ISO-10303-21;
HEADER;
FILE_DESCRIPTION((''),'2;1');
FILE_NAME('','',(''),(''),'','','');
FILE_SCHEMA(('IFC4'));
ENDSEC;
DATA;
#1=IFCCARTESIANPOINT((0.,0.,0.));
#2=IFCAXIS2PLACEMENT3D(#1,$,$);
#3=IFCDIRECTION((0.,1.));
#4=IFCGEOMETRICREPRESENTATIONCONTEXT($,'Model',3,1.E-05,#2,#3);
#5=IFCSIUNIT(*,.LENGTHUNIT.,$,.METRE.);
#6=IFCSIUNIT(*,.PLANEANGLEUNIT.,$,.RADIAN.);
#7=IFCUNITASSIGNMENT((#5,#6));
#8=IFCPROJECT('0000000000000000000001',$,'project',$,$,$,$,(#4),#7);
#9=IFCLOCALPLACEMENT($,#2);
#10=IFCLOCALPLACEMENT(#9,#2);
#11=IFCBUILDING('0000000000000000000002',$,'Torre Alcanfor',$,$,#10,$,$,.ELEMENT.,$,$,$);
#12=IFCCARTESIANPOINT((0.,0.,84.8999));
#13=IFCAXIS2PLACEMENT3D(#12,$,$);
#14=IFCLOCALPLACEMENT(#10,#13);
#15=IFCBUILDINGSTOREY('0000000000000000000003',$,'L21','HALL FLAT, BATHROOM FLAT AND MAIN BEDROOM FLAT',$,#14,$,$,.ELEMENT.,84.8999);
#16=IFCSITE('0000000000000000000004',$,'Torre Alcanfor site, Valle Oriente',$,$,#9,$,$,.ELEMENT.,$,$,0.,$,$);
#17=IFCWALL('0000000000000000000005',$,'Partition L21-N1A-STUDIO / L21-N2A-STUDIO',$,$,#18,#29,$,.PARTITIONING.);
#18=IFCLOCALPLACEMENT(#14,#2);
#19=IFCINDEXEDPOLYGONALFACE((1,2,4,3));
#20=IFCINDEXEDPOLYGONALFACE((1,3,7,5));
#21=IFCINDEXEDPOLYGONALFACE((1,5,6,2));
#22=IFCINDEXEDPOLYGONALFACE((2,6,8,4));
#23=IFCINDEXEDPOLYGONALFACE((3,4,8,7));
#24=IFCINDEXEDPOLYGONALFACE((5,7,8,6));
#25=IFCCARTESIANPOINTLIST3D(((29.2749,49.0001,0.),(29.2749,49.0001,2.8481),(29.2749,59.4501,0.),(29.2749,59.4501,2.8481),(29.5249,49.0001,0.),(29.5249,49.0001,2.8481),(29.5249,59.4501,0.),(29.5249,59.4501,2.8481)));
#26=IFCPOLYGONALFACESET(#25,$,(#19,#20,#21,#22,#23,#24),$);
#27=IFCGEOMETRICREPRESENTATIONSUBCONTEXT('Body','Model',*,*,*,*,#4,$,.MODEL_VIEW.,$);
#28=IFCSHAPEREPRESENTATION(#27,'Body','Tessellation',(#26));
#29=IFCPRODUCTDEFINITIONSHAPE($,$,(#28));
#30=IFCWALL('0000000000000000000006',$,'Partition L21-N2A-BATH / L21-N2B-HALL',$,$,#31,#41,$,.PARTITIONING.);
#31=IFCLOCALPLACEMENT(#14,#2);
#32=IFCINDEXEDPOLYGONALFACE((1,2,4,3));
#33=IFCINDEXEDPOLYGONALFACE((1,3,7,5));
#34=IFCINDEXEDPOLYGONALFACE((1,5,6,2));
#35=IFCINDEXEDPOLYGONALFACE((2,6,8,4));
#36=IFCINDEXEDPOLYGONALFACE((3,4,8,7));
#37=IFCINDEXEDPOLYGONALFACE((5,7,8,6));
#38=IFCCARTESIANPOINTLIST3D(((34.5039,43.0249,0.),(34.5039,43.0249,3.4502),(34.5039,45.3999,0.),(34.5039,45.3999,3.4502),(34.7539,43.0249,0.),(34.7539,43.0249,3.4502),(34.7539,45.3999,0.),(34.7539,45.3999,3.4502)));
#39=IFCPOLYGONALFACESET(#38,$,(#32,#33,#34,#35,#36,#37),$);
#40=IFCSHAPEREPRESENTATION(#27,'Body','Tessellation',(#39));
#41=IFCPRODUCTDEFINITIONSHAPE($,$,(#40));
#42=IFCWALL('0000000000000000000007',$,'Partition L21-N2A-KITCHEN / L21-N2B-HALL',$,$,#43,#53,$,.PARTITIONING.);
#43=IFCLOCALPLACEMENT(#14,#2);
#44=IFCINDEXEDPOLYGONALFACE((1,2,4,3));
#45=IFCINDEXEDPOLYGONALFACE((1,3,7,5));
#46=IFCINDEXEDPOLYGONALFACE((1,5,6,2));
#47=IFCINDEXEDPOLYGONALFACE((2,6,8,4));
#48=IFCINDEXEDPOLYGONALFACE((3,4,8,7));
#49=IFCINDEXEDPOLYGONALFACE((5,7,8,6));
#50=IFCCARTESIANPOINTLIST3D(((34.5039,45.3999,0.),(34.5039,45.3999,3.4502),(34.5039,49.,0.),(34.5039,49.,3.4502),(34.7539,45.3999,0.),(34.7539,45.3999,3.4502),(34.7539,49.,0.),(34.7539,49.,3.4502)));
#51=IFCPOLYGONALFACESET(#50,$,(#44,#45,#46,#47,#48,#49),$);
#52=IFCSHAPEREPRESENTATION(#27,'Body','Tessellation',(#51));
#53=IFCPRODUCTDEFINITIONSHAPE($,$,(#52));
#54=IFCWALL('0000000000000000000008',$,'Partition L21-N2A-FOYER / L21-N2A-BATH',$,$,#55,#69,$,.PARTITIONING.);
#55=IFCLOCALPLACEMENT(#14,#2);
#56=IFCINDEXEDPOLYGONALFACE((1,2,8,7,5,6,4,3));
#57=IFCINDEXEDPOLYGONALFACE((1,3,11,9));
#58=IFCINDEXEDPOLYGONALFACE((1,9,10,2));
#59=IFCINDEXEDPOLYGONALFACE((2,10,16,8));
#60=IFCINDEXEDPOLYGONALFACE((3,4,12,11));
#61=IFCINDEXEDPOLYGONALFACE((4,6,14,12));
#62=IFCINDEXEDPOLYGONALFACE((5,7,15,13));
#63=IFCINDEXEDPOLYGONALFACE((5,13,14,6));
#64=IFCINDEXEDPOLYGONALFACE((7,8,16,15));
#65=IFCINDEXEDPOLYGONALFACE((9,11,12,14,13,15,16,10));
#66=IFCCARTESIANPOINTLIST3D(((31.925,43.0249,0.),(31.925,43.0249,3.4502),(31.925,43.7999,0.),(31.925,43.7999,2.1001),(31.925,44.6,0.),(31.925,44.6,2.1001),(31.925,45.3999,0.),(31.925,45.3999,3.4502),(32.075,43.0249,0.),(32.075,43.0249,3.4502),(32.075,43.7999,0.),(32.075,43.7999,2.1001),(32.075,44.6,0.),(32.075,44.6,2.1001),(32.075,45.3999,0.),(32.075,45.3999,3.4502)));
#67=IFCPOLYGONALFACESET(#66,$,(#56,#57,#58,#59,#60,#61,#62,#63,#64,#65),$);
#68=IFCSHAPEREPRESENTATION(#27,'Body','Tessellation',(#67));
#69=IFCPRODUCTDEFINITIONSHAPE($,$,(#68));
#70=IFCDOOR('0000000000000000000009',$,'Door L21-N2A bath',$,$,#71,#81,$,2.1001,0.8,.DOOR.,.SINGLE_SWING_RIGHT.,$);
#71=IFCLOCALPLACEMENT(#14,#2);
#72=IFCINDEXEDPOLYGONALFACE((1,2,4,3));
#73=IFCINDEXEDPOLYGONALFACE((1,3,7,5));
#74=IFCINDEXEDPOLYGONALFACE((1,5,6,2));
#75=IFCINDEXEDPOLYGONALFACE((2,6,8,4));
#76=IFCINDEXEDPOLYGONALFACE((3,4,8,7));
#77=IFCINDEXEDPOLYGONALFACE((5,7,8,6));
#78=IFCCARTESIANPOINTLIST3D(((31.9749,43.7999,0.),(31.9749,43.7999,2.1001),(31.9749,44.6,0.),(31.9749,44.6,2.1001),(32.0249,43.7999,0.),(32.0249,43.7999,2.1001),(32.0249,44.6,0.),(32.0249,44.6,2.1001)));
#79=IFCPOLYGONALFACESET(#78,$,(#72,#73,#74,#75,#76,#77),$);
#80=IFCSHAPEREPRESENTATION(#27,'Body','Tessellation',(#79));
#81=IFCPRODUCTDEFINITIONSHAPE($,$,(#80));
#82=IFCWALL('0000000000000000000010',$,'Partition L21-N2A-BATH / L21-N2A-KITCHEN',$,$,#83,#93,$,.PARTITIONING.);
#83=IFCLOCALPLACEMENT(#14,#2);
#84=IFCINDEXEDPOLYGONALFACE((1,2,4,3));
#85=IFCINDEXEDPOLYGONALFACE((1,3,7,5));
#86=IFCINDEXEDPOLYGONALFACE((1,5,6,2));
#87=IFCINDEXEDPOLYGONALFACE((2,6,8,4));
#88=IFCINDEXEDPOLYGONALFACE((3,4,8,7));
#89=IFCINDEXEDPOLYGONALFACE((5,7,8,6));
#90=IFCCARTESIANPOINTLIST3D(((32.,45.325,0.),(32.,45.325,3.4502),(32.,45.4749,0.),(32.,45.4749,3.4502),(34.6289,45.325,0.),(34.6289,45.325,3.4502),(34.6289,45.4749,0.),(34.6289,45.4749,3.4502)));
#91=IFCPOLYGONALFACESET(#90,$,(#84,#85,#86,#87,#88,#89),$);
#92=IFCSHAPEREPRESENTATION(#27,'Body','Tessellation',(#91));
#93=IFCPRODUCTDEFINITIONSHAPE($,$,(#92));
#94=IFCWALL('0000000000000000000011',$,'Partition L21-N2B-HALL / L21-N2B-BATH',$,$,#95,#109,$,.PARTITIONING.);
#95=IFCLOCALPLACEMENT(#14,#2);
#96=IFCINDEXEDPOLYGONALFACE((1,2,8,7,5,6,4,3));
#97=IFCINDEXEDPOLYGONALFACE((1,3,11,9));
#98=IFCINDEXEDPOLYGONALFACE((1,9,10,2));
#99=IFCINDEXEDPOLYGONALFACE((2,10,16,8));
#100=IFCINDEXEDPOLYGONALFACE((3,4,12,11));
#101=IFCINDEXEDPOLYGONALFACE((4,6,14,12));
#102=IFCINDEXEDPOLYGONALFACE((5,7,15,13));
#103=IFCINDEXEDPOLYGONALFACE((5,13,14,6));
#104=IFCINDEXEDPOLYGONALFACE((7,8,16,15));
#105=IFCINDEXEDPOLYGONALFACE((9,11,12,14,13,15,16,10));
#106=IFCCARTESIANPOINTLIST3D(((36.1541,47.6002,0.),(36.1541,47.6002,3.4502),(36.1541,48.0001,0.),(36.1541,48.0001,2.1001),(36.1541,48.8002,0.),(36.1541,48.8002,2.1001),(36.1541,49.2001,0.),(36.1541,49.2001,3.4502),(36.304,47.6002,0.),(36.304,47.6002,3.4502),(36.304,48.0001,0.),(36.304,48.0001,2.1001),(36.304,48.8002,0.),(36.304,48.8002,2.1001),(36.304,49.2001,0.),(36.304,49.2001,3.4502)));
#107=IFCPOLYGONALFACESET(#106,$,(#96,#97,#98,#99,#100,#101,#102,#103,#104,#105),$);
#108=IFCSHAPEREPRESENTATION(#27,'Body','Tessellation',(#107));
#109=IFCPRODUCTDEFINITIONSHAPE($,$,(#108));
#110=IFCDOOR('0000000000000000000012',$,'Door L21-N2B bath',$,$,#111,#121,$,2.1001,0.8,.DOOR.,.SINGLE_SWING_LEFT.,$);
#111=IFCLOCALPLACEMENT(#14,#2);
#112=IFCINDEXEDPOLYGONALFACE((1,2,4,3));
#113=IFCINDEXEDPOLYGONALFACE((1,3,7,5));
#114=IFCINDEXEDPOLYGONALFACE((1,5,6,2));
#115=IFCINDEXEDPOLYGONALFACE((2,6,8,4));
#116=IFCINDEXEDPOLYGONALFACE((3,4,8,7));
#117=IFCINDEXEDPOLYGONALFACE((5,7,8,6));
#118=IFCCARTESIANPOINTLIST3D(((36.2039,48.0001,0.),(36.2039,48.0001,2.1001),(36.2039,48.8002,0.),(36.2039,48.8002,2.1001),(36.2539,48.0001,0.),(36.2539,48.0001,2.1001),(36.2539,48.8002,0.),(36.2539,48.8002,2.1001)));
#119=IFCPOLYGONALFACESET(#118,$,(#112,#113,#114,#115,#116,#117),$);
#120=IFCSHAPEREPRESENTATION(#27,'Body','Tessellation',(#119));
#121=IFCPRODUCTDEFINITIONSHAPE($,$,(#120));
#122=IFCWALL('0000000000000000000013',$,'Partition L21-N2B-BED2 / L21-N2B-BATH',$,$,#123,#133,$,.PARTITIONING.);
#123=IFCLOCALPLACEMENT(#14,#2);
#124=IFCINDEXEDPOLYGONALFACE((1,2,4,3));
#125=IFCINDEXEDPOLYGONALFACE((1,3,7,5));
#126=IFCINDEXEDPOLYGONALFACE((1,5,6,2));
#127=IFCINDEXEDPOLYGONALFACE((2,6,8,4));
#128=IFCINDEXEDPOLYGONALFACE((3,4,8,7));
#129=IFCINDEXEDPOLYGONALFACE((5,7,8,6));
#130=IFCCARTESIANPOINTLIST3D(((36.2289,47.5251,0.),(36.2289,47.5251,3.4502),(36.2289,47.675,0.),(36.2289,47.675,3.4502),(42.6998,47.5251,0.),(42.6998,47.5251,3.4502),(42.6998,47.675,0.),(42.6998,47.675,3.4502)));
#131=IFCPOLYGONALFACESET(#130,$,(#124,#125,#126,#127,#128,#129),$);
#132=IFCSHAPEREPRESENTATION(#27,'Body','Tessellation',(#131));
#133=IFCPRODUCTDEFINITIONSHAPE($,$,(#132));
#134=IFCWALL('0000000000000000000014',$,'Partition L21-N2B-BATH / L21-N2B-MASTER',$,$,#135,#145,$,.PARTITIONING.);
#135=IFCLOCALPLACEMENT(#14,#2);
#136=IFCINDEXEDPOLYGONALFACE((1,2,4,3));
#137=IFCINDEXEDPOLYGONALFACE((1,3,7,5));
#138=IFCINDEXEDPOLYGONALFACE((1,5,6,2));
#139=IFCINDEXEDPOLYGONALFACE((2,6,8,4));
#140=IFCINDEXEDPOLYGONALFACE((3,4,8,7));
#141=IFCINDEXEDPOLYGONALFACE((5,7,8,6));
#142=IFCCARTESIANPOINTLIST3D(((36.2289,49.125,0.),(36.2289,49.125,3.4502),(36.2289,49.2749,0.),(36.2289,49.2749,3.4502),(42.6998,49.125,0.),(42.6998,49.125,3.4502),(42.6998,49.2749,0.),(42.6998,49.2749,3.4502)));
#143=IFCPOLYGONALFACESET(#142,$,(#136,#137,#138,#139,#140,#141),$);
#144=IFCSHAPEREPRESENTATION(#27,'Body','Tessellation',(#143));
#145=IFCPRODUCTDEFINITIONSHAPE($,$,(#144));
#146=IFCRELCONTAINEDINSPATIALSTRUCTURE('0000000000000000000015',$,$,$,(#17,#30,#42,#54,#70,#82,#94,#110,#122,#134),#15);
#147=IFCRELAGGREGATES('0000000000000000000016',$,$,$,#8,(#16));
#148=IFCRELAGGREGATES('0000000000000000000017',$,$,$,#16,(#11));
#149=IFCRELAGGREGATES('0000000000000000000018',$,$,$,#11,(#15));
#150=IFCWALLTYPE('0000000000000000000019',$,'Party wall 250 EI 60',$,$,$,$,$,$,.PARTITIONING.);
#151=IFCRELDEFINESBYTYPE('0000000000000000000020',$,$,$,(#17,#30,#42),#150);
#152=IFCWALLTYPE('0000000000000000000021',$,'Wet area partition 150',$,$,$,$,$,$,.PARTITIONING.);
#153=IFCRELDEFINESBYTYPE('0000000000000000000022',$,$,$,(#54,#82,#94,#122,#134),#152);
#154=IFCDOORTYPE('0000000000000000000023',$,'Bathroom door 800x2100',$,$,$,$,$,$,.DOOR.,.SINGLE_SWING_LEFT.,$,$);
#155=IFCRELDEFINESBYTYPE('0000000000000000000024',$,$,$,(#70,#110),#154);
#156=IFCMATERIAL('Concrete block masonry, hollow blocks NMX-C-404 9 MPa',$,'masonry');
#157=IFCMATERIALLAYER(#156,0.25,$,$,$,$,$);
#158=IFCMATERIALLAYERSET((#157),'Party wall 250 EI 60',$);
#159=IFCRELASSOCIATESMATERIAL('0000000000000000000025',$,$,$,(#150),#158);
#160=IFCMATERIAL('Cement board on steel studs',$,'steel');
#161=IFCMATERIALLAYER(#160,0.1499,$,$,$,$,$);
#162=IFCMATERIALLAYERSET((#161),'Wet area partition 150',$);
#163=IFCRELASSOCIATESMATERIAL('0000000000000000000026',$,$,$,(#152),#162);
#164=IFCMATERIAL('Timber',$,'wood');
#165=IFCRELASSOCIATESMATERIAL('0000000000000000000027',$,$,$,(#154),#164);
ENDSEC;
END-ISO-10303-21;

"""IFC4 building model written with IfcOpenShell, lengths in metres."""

from ifc_helpers import new_model, si_unit, direction, frame, frame_2d, origin, place, context, subcontext, project, spatial, rectangle, extrude, material, layer, layer_set, type_object, element, fill, save


model = new_model("IFC4")

# Units and contexts
model_context = context("Model", 3, precision=1e-05, world=origin(), true_north=direction((0.0, 1.0)))
body_context = subcontext(model_context, "Body", "Model", "MODEL_VIEW")
ifc_project = project(units=[si_unit("LENGTHUNIT", "METRE"), si_unit("PLANEANGLEUNIT", "RADIAN")], contexts=[model_context])

# Site, building, storey
site_placement = place(None, origin())
site = spatial("IfcSite", under=ifc_project, at=site_placement, Name="Torre Alcanfor site, Valle Oriente", CompositionType="ELEMENT", RefElevation=0.0)
building_placement = place(site_placement, origin())
building = spatial("IfcBuilding", under=site, at=building_placement, Name="Torre Alcanfor", CompositionType="ELEMENT")
storey_placement = place(building_placement, frame((0.0, 0.0, 84.8999)))
storey = spatial("IfcBuildingStorey", under=building, at=storey_placement, Name="L21", Description="HALL FLAT, BATHROOM FLAT AND MAIN BEDROOM FLAT", CompositionType="ELEMENT", Elevation=84.8999)

# Walls
ifc_material_1 = material(Name="Concrete block masonry, hollow blocks NMX-C-404 9 MPa", Category="masonry")
ifc_layer_1 = layer(ifc_material_1, 0.25)
ifc_layer_set_1 = layer_set([ifc_layer_1], Name="Party wall 250 EI 60")
wall_type_1 = type_object("IfcWallType", Name="Party wall 250 EI 60", PredefinedType="PARTITIONING", material=ifc_layer_set_1)
wall_1_placement = place(storey_placement, frame((29.3999, 49.0, 0.0), z_axis=(0.0, 0.0, 1.0), x_axis=(0.0, 1.0, 0.0)))
element("IfcWall", 1, at=wall_1_placement, inside=storey, type_object=wall_type_1, Name="Partition L21-N1A-STUDIO / L21-N2A-STUDIO", PredefinedType="PARTITIONING", context=body_context, shape_type="SweptSolid", body=[
    extrude(rectangle(XDim=10.45, YDim=0.25, at=frame_2d((5.2251, 0.0))), origin(), (0.0, 0.0, 1.0), 2.8481),
])
wall_2_placement = place(storey_placement, frame((34.6289, 45.3999, 0.0), z_axis=(0.0, 0.0, 1.0), x_axis=(0.0, -1.0, 0.0)))
element("IfcWall", 2, at=wall_2_placement, inside=storey, type_object=wall_type_1, Name="Partition L21-N2A-BATH / L21-N2B-HALL", PredefinedType="PARTITIONING", context=body_context, shape_type="SweptSolid", body=[
    extrude(rectangle(XDim=2.375, YDim=0.25, at=frame_2d((1.1875, 0.0))), origin(), (0.0, 0.0, 1.0), 3.4502),
])
wall_3_placement = place(storey_placement, frame((34.6289, 49.0, 0.0), z_axis=(0.0, 0.0, 1.0), x_axis=(0.0, -1.0, 0.0)))
element("IfcWall", 3, at=wall_3_placement, inside=storey, type_object=wall_type_1, Name="Partition L21-N2A-KITCHEN / L21-N2B-HALL", PredefinedType="PARTITIONING", context=body_context, shape_type="SweptSolid", body=[
    extrude(rectangle(XDim=3.6001, YDim=0.25, at=frame_2d((1.8, 0.0))), origin(), (0.0, 0.0, 1.0), 3.4502),
])

# Wall, opening, door
ifc_material_2 = material(Name="Cement board on steel studs", Category="steel")
ifc_layer_2 = layer(ifc_material_2, 0.1499)
ifc_layer_set_2 = layer_set([ifc_layer_2], Name="Wet area partition 150")
wall_type_2 = type_object("IfcWallType", Name="Wet area partition 150", PredefinedType="PARTITIONING", material=ifc_layer_set_2)
wall_4_placement = place(storey_placement, frame((32.0, 45.3999, 0.0), z_axis=(0.0, 0.0, 1.0), x_axis=(0.0, -1.0, 0.0)))
wall_4 = element("IfcWall", 4, at=wall_4_placement, inside=storey, type_object=wall_type_2, Name="Partition L21-N2A-FOYER / L21-N2A-BATH", PredefinedType="PARTITIONING", context=body_context, shape_type="SweptSolid", body=[
    extrude(rectangle(XDim=2.375, YDim=0.1499, at=frame_2d((1.1875, 0.0))), origin(), (0.0, 0.0, 1.0), 3.4502),
])
opening_1_placement = place(wall_4_placement, frame((0.8, 0.0, 0.0)))
opening_1 = element("IfcOpeningElement", 5, at=opening_1_placement, cuts=wall_4, PredefinedType="OPENING", context=body_context, shape_type="SweptSolid", body=[
    extrude(rectangle(XDim=0.8, YDim=2.1001, at=frame_2d((0.3999, 1.05))), frame((0.0, 0.085, 0.0), z_axis=(0.0, -1.0, 0.0), x_axis=(1.0, 0.0, 0.0)), (0.0, 0.0, 1.0), 0.1699),
])
ifc_material_3 = material(Name="Timber", Category="wood")
door_type_1 = type_object("IfcDoorType", Name="Bathroom door 800x2100", OperationType="SINGLE_SWING_LEFT", PredefinedType="DOOR", material=ifc_material_3)
door_1_placement = place(opening_1_placement, origin())
door_1 = element("IfcDoor", 6, at=door_1_placement, inside=storey, type_object=door_type_1, Name="Door L21-N2A bath", OperationType="SINGLE_SWING_RIGHT", OverallHeight=2.1001, OverallWidth=0.8, PredefinedType="DOOR", context=body_context, shape_type="SweptSolid", body=[
    extrude(rectangle(XDim=0.8, YDim=2.1001, at=frame_2d((0.3999, 1.05))), frame((0.0, 0.0249, 0.0), z_axis=(0.0, -1.0, 0.0), x_axis=(1.0, 0.0, 0.0)), (0.0, 0.0, 1.0), 0.05),
])
fill(opening_1, door_1)

# Wall
wall_5_placement = place(storey_placement, frame((32.0, 45.3999, 0.0), z_axis=(0.0, 0.0, 1.0), x_axis=(1.0, 0.0, 0.0)))
element("IfcWall", 7, at=wall_5_placement, inside=storey, type_object=wall_type_2, Name="Partition L21-N2A-BATH / L21-N2A-KITCHEN", PredefinedType="PARTITIONING", context=body_context, shape_type="SweptSolid", body=[
    extrude(rectangle(XDim=2.6289, YDim=0.1499, at=frame_2d((1.3145, 0.0))), origin(), (0.0, 0.0, 1.0), 3.4502),
])

# Wall, opening, door
wall_6_placement = place(storey_placement, frame((36.229, 49.2, 0.0), z_axis=(0.0, 0.0, 1.0), x_axis=(0.0, -1.0, 0.0)))
wall_6 = element("IfcWall", 8, at=wall_6_placement, inside=storey, type_object=wall_type_2, Name="Partition L21-N2B-HALL / L21-N2B-BATH", PredefinedType="PARTITIONING", context=body_context, shape_type="SweptSolid", body=[
    extrude(rectangle(XDim=1.5999, YDim=0.1499, at=frame_2d((0.7998, 0.0))), origin(), (0.0, 0.0, 1.0), 3.4502),
])
opening_2_placement = place(wall_6_placement, frame((0.3999, 0.0, 0.0)))
opening_2 = element("IfcOpeningElement", 9, at=opening_2_placement, cuts=wall_6, PredefinedType="OPENING", context=body_context, shape_type="SweptSolid", body=[
    extrude(rectangle(XDim=0.8, YDim=2.1001, at=frame_2d((0.3999, 1.05))), frame((0.0, 0.085, 0.0), z_axis=(0.0, -1.0, 0.0), x_axis=(1.0, 0.0, 0.0)), (0.0, 0.0, 1.0), 0.1699),
])
door_2_placement = place(opening_2_placement, origin())
door_2 = element("IfcDoor", 10, at=door_2_placement, inside=storey, type_object=door_type_1, Name="Door L21-N2B bath", OperationType="SINGLE_SWING_LEFT", OverallHeight=2.1001, OverallWidth=0.8, PredefinedType="DOOR", context=body_context, shape_type="SweptSolid", body=[
    extrude(rectangle(XDim=0.8, YDim=2.1001, at=frame_2d((0.3999, 1.05))), frame((0.0, 0.0249, 0.0), z_axis=(0.0, -1.0, 0.0), x_axis=(1.0, 0.0, 0.0)), (0.0, 0.0, 1.0), 0.05),
])
fill(opening_2, door_2)

# Walls
for number, where, z_axis, x_axis, name in (
    (11, (36.229, 47.6001, 0.0), (0.0, 0.0, 1.0), (1.0, 0.0, 0.0), "Partition L21-N2B-BED2 / L21-N2B-BATH"),
    (12, (36.229, 49.2, 0.0), (0.0, 0.0, 1.0), (1.0, 0.0, 0.0), "Partition L21-N2B-BATH / L21-N2B-MASTER"),
):
    element("IfcWall", number, at=place(storey_placement, frame(where, z_axis=z_axis, x_axis=x_axis)), inside=storey, type_object=wall_type_2, Name=name, PredefinedType="PARTITIONING", context=body_context, shape_type="SweptSolid", body=[
        extrude(rectangle(XDim=6.4709, YDim=0.1499, at=frame_2d((3.2354, 0.0))), origin(), (0.0, 0.0, 1.0), 3.4502),
    ])

save(model, "model.ifc")
